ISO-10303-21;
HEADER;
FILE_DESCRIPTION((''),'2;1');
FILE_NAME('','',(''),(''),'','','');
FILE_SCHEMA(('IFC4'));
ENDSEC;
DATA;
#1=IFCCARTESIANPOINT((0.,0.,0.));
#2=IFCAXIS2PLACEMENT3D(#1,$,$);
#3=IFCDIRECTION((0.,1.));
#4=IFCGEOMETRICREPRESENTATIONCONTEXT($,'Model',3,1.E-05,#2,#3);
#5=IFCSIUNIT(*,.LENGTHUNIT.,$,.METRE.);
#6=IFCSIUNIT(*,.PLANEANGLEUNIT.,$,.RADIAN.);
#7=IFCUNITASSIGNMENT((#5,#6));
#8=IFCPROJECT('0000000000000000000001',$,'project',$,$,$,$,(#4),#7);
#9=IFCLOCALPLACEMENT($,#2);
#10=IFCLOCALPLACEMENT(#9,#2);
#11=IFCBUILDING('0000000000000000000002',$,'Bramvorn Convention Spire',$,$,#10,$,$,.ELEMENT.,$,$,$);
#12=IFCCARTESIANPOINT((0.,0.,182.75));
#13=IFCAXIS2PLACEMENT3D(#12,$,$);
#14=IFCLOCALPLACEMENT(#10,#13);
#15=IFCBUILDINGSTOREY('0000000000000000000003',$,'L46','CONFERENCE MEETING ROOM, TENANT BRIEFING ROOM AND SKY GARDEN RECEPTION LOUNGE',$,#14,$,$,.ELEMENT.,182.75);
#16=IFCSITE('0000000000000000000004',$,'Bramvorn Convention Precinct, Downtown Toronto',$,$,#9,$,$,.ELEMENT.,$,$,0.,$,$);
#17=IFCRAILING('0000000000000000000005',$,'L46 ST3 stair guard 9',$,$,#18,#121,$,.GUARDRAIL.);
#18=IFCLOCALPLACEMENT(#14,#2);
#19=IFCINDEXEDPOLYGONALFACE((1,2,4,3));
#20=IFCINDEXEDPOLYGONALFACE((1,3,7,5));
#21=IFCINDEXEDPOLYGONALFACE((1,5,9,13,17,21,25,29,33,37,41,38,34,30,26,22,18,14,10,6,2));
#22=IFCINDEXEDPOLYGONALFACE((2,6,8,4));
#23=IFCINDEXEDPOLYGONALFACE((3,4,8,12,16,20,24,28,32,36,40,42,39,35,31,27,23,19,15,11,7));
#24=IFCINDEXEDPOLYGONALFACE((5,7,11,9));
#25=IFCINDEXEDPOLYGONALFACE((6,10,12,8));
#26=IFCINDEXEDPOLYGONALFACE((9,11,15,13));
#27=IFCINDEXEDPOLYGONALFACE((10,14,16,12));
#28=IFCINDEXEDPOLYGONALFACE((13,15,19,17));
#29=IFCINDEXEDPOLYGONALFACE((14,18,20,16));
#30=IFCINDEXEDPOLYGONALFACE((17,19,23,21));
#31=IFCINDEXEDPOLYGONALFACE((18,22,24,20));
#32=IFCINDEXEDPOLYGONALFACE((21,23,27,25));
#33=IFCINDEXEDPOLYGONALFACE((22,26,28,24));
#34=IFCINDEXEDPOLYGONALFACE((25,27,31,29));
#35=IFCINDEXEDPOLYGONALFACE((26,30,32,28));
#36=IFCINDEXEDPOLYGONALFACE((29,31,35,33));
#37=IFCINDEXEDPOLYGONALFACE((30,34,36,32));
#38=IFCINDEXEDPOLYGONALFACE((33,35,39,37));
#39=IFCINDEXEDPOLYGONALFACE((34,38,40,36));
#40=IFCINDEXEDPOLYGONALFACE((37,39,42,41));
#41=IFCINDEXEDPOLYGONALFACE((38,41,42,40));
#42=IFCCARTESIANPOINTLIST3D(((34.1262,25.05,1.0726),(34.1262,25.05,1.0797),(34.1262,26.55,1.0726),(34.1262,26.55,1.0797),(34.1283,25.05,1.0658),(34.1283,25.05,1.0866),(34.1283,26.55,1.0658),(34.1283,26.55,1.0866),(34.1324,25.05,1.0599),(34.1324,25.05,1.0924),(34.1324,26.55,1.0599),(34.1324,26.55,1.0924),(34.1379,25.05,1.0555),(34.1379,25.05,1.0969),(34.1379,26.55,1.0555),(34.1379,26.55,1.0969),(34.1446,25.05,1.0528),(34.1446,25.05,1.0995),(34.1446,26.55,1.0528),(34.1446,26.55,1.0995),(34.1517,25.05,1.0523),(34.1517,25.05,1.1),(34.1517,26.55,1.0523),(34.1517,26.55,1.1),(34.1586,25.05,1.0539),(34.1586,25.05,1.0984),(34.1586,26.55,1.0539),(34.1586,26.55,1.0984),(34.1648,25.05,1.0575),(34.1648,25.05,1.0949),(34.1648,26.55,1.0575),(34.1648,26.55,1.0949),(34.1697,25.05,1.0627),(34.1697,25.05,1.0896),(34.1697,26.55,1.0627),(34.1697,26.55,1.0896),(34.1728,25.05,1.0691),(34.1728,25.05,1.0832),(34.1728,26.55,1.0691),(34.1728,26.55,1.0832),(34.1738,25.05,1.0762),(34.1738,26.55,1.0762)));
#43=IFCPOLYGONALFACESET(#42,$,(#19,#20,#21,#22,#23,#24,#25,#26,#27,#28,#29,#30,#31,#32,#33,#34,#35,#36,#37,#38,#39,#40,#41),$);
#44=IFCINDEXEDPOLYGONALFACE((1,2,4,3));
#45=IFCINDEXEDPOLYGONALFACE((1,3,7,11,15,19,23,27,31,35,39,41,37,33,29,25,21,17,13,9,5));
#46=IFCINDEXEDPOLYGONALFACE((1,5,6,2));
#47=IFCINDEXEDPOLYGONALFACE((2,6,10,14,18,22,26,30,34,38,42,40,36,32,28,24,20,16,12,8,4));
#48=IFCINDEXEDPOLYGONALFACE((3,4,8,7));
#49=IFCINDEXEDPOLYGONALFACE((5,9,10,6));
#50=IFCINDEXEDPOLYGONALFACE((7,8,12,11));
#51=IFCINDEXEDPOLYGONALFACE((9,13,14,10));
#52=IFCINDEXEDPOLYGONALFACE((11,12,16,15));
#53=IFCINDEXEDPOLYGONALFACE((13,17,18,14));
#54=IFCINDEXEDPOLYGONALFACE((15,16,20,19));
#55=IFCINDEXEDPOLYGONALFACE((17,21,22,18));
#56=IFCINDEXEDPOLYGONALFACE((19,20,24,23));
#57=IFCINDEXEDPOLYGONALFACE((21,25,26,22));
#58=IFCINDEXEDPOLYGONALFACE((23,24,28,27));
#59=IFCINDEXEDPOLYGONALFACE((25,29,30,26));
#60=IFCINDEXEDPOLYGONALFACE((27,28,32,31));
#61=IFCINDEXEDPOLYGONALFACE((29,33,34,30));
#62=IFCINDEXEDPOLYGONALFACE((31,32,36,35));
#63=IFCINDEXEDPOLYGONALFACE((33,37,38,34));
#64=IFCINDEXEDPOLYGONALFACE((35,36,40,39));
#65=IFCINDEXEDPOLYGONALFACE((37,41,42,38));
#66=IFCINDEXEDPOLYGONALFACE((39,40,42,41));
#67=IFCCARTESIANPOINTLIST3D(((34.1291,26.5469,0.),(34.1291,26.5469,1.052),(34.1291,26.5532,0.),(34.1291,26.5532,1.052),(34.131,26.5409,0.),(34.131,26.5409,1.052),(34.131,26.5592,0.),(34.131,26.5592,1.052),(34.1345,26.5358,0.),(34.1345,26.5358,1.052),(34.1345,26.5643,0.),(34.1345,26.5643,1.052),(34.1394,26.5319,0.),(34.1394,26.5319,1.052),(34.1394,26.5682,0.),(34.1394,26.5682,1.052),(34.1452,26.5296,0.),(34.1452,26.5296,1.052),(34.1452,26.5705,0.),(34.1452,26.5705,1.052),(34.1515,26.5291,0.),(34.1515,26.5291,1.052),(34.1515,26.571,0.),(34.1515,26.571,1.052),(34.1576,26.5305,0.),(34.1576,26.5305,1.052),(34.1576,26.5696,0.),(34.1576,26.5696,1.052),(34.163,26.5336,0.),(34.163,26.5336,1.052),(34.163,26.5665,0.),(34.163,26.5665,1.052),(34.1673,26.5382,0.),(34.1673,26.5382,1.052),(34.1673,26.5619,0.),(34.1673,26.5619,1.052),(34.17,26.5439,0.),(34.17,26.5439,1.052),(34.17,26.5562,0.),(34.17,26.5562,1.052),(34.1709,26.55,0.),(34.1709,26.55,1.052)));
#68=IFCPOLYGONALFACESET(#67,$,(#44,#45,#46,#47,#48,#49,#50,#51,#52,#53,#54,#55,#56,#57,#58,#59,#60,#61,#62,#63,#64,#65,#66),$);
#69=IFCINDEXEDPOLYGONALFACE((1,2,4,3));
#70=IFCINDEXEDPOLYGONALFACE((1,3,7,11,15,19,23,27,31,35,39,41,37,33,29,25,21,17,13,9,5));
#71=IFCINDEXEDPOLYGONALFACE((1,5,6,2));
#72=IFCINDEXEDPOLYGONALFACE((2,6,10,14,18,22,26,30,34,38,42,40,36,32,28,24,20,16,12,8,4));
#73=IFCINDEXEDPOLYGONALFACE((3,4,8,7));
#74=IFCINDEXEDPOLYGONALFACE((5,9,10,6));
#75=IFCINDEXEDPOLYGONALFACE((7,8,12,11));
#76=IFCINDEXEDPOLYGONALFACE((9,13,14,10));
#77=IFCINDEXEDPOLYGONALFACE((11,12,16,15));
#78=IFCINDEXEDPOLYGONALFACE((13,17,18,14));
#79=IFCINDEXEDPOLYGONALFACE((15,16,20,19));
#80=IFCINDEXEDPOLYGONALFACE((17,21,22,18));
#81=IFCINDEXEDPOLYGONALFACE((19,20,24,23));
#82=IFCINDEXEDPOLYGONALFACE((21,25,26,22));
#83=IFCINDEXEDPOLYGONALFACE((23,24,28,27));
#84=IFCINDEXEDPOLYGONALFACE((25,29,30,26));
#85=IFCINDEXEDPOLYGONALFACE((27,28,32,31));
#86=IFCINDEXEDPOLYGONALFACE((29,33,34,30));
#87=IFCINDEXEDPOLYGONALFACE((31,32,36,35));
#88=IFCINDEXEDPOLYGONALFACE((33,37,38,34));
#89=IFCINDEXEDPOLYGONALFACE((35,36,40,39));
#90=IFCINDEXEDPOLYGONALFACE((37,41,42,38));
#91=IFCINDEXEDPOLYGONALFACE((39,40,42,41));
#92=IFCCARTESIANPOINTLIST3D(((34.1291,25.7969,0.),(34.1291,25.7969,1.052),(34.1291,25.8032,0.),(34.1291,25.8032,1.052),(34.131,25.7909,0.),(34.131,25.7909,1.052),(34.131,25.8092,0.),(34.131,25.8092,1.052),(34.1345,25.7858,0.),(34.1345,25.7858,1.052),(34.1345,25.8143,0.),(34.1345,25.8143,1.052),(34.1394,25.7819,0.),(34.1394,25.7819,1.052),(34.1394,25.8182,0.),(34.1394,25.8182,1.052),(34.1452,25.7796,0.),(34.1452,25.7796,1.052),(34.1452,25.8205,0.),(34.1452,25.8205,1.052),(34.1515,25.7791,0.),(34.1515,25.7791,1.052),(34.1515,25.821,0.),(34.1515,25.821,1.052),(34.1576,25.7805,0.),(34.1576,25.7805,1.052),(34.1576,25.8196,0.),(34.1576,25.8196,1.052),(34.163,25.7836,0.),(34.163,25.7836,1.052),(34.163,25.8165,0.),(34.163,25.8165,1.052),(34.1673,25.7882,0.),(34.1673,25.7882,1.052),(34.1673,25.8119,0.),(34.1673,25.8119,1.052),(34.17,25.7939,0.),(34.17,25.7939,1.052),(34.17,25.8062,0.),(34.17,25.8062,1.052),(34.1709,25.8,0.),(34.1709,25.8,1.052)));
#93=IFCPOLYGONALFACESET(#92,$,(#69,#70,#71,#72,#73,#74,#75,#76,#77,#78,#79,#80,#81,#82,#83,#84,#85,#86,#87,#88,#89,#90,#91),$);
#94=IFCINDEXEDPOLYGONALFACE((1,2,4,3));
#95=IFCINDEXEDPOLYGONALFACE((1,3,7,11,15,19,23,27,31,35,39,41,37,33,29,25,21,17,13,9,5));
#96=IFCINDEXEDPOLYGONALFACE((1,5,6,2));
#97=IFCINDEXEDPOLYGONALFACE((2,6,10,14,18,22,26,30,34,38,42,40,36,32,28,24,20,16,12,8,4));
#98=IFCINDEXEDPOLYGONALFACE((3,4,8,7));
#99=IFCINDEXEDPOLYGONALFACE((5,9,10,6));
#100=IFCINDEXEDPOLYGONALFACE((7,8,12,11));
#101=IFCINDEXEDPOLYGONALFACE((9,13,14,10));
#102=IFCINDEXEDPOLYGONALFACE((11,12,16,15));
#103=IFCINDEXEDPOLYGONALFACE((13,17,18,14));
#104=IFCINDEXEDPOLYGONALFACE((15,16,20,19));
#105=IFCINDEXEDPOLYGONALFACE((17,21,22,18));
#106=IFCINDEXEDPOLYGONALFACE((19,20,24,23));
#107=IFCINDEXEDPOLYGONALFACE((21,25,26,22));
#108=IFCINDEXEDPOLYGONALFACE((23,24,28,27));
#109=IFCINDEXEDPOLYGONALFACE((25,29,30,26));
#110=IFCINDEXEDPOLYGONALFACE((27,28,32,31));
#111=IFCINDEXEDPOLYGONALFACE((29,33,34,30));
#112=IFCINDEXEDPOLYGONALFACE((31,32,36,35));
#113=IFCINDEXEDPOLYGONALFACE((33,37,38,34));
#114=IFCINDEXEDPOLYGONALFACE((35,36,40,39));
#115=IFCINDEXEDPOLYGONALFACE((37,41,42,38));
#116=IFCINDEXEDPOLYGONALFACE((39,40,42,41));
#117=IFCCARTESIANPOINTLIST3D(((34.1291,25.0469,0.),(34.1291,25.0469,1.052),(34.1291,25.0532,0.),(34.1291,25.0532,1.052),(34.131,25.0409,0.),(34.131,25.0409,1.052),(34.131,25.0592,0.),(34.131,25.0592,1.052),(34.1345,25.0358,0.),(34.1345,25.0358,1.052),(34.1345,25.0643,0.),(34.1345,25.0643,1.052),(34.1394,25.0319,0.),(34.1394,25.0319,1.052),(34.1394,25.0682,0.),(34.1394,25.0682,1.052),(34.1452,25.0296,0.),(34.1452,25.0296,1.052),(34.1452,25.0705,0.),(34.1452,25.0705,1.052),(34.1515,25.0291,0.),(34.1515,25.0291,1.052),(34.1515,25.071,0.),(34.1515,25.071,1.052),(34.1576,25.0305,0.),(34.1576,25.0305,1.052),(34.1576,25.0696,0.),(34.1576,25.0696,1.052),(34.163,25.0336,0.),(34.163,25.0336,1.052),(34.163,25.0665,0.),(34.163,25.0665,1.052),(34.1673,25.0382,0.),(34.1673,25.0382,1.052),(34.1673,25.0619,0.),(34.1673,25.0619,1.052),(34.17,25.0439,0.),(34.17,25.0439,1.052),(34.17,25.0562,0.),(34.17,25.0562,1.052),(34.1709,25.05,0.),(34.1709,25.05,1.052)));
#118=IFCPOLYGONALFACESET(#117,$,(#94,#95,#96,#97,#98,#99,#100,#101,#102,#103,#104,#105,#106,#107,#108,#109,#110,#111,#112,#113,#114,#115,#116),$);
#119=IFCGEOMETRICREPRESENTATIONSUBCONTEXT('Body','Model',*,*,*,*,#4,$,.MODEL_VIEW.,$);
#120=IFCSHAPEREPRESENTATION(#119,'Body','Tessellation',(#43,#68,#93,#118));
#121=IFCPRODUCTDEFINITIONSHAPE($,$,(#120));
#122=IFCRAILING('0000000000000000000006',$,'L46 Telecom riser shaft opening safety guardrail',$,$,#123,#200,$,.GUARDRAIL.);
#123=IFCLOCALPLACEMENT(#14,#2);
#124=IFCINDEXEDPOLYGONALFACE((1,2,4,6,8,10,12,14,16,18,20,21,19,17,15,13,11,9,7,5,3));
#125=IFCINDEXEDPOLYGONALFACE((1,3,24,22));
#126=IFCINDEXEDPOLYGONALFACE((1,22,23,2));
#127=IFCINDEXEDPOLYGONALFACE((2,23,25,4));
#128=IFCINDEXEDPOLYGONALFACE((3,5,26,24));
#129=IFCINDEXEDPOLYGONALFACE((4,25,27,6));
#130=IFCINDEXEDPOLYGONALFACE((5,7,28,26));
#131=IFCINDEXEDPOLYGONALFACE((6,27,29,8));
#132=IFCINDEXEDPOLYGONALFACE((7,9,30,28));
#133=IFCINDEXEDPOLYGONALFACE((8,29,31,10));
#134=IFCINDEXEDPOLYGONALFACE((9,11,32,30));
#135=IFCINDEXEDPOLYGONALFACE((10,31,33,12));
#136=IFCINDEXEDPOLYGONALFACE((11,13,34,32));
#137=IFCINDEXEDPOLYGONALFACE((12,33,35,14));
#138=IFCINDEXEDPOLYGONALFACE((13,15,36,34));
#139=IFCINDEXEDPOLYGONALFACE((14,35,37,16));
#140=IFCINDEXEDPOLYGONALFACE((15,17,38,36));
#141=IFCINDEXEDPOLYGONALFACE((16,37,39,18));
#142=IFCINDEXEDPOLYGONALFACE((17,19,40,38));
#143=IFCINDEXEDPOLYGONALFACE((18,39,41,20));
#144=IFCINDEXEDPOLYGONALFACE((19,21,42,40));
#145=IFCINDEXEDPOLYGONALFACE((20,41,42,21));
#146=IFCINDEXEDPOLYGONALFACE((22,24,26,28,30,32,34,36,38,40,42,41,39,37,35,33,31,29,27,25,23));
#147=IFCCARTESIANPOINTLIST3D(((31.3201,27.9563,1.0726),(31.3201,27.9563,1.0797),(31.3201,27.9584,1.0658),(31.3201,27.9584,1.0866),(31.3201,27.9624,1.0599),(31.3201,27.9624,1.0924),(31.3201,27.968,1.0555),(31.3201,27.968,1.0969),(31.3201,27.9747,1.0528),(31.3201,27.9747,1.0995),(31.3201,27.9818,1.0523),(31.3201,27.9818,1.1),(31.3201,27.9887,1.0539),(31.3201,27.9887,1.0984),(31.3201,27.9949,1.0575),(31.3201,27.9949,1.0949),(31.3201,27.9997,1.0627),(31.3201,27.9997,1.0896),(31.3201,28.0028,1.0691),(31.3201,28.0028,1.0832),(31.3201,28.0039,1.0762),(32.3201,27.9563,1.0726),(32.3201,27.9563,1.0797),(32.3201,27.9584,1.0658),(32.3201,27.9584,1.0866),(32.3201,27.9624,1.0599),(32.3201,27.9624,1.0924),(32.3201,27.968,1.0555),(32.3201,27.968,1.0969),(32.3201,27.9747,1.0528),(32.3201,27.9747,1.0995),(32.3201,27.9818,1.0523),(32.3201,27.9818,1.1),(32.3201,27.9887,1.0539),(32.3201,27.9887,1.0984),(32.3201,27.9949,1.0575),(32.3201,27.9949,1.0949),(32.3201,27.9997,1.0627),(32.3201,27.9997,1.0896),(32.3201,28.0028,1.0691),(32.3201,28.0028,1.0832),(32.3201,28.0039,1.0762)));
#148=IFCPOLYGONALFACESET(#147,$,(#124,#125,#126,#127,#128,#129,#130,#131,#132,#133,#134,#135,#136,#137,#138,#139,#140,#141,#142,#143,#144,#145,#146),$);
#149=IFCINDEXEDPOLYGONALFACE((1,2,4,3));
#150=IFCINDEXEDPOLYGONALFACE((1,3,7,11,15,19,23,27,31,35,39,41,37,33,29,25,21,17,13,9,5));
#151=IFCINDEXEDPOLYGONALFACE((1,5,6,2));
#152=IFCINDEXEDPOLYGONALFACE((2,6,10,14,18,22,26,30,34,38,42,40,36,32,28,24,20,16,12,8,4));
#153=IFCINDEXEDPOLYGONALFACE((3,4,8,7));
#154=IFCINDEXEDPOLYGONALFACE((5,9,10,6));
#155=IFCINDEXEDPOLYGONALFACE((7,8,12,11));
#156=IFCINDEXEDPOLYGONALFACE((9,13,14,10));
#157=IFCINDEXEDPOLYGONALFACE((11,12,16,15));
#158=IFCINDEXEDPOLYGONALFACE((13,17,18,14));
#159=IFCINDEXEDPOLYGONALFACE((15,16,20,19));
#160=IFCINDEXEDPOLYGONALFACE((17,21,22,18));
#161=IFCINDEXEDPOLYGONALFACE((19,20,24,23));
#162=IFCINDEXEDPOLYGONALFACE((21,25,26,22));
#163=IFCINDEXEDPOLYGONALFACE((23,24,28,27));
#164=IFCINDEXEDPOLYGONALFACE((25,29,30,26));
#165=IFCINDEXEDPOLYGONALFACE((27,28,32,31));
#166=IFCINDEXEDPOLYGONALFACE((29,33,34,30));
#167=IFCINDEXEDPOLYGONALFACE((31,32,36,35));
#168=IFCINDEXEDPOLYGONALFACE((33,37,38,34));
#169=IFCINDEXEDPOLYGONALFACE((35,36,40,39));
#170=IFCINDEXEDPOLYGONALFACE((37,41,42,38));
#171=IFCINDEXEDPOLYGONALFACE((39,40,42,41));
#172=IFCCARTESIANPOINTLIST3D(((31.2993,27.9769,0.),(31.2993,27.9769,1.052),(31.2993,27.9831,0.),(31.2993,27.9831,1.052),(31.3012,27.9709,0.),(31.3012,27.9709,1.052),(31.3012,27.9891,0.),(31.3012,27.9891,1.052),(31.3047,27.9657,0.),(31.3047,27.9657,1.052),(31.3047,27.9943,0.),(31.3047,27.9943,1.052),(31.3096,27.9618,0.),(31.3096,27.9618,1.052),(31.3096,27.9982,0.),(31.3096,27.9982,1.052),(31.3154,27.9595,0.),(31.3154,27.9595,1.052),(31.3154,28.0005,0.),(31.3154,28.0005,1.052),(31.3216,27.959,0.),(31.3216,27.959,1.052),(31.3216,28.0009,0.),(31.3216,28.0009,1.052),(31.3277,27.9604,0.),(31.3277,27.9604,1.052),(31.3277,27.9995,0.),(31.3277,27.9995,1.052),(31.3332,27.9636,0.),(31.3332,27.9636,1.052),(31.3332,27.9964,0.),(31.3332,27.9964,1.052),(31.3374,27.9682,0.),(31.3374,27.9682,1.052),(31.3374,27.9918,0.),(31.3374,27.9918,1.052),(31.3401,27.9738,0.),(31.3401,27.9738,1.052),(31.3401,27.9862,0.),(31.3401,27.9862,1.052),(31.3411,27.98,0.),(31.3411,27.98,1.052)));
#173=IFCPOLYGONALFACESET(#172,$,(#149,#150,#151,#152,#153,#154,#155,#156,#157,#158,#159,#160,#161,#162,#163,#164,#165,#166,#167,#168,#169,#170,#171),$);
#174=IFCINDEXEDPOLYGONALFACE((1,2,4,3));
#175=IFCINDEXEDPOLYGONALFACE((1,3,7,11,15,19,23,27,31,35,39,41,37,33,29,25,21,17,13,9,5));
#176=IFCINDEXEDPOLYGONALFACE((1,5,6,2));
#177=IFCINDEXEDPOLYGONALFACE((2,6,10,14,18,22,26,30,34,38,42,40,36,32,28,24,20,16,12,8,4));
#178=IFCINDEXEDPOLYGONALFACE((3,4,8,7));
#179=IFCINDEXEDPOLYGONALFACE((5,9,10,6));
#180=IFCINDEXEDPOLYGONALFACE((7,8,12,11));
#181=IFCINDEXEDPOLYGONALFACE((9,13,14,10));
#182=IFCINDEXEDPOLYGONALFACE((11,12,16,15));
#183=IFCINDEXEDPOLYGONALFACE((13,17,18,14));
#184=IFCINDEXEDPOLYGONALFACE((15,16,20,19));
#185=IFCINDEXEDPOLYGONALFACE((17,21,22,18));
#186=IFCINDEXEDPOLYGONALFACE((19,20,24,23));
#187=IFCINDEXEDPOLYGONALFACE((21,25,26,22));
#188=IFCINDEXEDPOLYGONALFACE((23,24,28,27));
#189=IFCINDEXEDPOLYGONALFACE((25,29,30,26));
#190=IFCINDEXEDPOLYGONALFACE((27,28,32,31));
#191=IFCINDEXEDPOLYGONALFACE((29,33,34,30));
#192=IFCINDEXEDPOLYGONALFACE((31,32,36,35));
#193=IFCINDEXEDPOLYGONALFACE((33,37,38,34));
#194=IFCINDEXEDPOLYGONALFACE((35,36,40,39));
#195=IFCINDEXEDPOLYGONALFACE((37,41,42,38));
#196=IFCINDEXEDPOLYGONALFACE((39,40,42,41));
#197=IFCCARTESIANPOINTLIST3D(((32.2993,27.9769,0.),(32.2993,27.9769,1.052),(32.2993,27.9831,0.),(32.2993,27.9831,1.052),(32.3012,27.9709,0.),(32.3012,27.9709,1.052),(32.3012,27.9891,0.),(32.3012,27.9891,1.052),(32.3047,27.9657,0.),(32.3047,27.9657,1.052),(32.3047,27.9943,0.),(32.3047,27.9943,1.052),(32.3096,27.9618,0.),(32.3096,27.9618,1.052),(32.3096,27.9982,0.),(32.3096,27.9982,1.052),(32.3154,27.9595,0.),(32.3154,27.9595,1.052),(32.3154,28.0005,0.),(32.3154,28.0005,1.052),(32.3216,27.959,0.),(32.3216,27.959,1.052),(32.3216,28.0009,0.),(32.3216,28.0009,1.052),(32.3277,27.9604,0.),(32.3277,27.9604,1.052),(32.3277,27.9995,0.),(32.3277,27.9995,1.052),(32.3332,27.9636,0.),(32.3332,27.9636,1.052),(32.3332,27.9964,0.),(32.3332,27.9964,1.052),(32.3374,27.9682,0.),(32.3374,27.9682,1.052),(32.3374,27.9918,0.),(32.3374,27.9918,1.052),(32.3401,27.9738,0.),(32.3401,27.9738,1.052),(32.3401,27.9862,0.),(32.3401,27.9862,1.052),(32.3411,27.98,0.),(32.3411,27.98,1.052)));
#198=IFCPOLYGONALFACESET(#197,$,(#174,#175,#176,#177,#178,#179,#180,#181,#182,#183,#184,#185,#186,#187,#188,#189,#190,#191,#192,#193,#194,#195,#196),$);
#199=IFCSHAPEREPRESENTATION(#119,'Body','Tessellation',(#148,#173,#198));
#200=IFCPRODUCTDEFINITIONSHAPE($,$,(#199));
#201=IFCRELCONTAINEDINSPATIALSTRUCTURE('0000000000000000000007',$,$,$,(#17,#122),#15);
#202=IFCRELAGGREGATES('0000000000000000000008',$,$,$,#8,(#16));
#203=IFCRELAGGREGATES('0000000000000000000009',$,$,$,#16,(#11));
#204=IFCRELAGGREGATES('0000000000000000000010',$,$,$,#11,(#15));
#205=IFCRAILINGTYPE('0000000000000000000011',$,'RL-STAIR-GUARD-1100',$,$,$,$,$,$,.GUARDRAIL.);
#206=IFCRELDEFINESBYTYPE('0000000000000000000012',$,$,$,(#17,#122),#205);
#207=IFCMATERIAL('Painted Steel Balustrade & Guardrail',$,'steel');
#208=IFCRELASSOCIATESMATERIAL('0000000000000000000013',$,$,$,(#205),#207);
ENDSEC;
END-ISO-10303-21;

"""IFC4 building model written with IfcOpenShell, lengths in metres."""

from ifc_helpers import new_model, si_unit, direction, frame, origin, origin_2d, place, context, subcontext, project, spatial, circle, extrude, material, type_object, element, save


model = new_model("IFC4")

# Units and contexts
model_context = context("Model", 3, precision=1e-05, world=origin(), true_north=direction((0.0, 1.0)))
body_context = subcontext(model_context, "Body", "Model", "MODEL_VIEW")
ifc_project = project(units=[si_unit("LENGTHUNIT", "METRE"), si_unit("PLANEANGLEUNIT", "RADIAN")], contexts=[model_context])

# Site, building, storey
site_placement = place(None, origin())
site = spatial("IfcSite", under=ifc_project, at=site_placement, Name="Bramvorn Convention Precinct, Downtown Toronto", CompositionType="ELEMENT", RefElevation=0.0)
building_placement = place(site_placement, origin())
building = spatial("IfcBuilding", under=site, at=building_placement, Name="Bramvorn Convention Spire", CompositionType="ELEMENT")
storey_placement = place(building_placement, frame((0.0, 0.0, 182.75)))
storey = spatial("IfcBuildingStorey", under=building, at=storey_placement, Name="L46", Description="CONFERENCE MEETING ROOM, TENANT BRIEFING ROOM AND SKY GARDEN RECEPTION LOUNGE", CompositionType="ELEMENT", Elevation=182.75)

# Railings
ifc_material_1 = material(Name="Painted Steel Balustrade & Guardrail", Category="steel")
railing_type = type_object("IfcRailingType", Name="RL-STAIR-GUARD-1100", PredefinedType="GUARDRAIL", material=ifc_material_1)
for number, where, name in (
    (1, (34.1499, 26.55, 0.0), "L46 ST3 stair guard 9"),
):
    element("IfcRailing", number, at=place(storey_placement, frame(where)), inside=storey, type_object=railing_type, Name=name, PredefinedType="GUARDRAIL", context=body_context, shape_type="SweptSolid", body=[
        extrude(circle(Radius=0.0239, at=origin_2d()), frame((0.0, 0.0, 1.0762), z_axis=(0.0, -1.0, 0.0), x_axis=(1.0, 0.0, 0.0)), (0.0, 0.0, 1.0), 1.5),
        extrude(circle(Radius=0.021, at=origin_2d()), origin(), (0.0, 0.0, 1.0), 1.052),
        extrude(circle(Radius=0.021, at=origin_2d()), frame((0.0, -0.75, 0.0)), (0.0, 0.0, 1.0), 1.052),
        extrude(circle(Radius=0.021, at=origin_2d()), frame((0.0, -1.5, 0.0)), (0.0, 0.0, 1.0), 1.052),
    ])
railing_1_placement = place(storey_placement, frame((31.3201, 27.98, 0.0)))
element("IfcRailing", 2, at=railing_1_placement, inside=storey, type_object=railing_type, Name="L46 Telecom riser shaft opening safety guardrail", PredefinedType="GUARDRAIL", context=body_context, shape_type="SweptSolid", body=[
    extrude(circle(Radius=0.0239, at=origin_2d()), frame((0.0, 0.0, 1.0762), z_axis=(1.0, 0.0, 0.0), x_axis=(0.0, 1.0, 0.0)), (0.0, 0.0, 1.0), 1.0),
    extrude(circle(Radius=0.021, at=origin_2d()), origin(), (0.0, 0.0, 1.0), 1.052),
    extrude(circle(Radius=0.021, at=origin_2d()), frame((1.0, 0.0, 0.0)), (0.0, 0.0, 1.0), 1.052),
])

save(model, "model.ifc")
